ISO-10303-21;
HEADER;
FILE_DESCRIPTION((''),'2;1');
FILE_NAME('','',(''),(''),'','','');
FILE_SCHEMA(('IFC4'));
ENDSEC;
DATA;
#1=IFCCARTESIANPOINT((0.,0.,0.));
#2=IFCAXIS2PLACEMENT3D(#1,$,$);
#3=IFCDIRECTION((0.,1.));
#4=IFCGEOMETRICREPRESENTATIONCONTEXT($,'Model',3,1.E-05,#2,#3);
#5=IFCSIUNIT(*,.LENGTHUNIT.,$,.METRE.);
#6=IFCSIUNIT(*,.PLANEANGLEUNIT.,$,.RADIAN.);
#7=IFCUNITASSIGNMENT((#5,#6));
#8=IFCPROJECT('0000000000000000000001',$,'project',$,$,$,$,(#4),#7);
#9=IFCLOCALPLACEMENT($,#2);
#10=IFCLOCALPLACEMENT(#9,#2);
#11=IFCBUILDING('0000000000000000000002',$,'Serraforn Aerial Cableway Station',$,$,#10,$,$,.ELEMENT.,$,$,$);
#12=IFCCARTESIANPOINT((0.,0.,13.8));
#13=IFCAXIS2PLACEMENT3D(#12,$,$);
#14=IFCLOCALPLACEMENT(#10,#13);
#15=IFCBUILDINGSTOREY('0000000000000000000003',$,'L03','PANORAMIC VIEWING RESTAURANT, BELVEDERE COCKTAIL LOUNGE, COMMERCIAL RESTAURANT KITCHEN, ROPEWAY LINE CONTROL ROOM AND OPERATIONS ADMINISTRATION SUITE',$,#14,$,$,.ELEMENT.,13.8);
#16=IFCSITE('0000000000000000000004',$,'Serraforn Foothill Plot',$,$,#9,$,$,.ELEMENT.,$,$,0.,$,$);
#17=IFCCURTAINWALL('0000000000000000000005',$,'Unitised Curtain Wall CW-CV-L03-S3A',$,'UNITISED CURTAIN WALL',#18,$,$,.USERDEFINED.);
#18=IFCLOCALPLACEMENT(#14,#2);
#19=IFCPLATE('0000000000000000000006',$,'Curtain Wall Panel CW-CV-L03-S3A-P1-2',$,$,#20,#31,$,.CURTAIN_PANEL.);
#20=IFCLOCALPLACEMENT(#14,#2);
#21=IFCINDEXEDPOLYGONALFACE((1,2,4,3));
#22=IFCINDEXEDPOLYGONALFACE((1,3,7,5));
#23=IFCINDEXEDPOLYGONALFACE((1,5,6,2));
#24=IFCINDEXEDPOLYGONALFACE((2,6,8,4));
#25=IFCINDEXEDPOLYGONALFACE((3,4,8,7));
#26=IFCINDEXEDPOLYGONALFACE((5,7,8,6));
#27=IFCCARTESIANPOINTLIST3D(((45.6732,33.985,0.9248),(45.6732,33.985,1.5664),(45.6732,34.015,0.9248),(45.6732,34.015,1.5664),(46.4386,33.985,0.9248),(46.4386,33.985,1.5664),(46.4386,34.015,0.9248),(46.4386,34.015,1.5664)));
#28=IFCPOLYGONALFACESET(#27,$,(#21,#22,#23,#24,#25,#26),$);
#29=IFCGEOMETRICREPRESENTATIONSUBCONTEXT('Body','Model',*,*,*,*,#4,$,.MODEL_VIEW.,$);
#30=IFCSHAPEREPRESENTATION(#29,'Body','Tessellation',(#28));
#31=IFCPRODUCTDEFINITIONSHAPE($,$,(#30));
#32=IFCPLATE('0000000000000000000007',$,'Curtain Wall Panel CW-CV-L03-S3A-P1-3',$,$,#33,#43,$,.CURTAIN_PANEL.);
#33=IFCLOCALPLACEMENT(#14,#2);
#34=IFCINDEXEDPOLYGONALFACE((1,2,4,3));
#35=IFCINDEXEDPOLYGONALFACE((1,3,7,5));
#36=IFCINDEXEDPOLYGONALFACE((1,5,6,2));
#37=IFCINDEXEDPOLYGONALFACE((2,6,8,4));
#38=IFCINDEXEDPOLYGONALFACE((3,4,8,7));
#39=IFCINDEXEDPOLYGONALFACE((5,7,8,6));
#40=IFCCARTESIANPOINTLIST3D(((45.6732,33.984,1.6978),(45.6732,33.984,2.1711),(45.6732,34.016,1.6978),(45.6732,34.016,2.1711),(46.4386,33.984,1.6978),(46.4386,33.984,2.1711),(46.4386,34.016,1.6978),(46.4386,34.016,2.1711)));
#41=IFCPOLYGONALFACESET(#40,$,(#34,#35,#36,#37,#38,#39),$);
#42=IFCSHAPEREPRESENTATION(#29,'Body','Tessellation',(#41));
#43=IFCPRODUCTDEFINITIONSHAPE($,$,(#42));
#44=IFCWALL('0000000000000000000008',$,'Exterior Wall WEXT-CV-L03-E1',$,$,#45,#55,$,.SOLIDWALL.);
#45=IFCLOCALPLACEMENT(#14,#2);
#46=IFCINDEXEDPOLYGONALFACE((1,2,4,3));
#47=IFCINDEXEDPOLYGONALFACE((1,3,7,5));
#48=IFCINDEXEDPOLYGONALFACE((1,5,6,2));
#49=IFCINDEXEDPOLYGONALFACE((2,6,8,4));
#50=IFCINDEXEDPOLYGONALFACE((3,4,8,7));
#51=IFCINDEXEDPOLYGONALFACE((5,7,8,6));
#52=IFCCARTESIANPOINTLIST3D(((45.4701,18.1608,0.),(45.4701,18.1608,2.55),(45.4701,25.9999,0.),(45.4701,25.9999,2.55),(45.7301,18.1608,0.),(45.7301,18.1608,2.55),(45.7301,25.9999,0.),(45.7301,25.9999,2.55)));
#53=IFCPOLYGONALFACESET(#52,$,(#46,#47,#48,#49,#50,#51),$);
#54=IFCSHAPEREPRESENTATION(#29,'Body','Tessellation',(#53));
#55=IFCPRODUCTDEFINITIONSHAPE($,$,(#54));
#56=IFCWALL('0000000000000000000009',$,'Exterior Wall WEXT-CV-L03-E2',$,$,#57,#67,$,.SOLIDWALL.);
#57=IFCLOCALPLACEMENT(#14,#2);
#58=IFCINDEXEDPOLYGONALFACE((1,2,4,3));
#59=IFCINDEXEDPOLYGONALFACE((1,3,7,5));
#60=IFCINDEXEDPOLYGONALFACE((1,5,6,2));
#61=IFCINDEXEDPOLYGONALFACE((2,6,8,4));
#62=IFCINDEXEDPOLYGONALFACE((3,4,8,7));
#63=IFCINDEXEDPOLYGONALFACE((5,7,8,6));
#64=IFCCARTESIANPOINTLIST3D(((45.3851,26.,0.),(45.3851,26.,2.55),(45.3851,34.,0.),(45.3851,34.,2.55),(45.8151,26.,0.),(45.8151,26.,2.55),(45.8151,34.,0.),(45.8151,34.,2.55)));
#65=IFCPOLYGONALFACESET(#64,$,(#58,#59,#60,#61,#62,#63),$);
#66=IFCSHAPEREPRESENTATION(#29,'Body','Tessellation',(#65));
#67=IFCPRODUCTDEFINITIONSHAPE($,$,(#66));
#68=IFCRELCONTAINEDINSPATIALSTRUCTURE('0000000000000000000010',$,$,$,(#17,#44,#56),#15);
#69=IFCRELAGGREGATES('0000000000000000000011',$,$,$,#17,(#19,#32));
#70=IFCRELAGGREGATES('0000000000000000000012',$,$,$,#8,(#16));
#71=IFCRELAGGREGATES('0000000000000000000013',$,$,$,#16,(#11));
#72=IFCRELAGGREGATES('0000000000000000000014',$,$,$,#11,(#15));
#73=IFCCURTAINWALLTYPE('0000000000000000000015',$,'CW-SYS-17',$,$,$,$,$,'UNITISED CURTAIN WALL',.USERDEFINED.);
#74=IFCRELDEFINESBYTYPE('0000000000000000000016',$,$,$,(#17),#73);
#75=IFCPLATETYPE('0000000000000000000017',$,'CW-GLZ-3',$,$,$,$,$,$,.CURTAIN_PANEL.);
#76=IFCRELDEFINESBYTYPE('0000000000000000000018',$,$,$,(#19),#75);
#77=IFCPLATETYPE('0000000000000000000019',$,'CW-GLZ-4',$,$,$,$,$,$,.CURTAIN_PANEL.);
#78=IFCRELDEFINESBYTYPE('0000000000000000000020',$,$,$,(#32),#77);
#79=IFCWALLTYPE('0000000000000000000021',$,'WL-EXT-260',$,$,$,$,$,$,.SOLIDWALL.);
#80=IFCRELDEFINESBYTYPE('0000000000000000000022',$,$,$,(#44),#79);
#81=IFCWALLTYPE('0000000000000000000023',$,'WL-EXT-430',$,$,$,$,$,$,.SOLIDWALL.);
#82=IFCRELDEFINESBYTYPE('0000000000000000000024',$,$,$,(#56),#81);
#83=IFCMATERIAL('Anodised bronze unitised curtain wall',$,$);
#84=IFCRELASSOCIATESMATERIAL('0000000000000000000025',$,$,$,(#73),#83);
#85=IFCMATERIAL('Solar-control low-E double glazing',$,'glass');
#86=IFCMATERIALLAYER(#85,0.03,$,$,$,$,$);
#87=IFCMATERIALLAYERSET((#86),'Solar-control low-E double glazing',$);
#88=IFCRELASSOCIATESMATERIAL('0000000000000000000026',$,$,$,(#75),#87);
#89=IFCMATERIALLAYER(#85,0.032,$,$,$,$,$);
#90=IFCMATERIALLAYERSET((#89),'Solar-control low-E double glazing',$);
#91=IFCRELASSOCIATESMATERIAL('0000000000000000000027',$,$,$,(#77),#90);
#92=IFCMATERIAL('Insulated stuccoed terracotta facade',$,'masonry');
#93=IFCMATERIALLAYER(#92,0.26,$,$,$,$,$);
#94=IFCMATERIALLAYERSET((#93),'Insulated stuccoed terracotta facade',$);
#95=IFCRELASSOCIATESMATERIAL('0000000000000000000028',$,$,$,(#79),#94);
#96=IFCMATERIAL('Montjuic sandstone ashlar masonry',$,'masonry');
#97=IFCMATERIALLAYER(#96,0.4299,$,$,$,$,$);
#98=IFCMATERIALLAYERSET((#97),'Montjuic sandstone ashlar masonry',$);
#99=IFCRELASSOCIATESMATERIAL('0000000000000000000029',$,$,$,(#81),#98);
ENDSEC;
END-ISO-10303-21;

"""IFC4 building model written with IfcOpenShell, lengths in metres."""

from ifc_helpers import new_model, si_unit, direction, frame, frame_2d, origin, origin_2d, place, context, subcontext, project, spatial, rectangle, extrude, material, layer, layer_set, type_object, element, aggregate, save


model = new_model("IFC4")

# Units and contexts
model_context = context("Model", 3, precision=1e-05, world=origin(), true_north=direction((0.0, 1.0)))
body_context = subcontext(model_context, "Body", "Model", "MODEL_VIEW")
ifc_project = project(units=[si_unit("LENGTHUNIT", "METRE"), si_unit("PLANEANGLEUNIT", "RADIAN")], contexts=[model_context])

# Site, building, storey
site_placement = place(None, origin())
site = spatial("IfcSite", under=ifc_project, at=site_placement, Name="Serraforn Foothill Plot", CompositionType="ELEMENT", RefElevation=0.0)
building_placement = place(site_placement, origin())
building = spatial("IfcBuilding", under=site, at=building_placement, Name="Serraforn Aerial Cableway Station", CompositionType="ELEMENT")
storey_placement = place(building_placement, frame((0.0, 0.0, 13.8)))
storey = spatial("IfcBuildingStorey", under=building, at=storey_placement, Name="L03", Description="PANORAMIC VIEWING RESTAURANT, BELVEDERE COCKTAIL LOUNGE, COMMERCIAL RESTAURANT KITCHEN, ROPEWAY LINE CONTROL ROOM AND OPERATIONS ADMINISTRATION SUITE", CompositionType="ELEMENT", Elevation=13.8)

# Curtain wall, plates
ifc_material_1 = material(Name="Anodised bronze unitised curtain wall")
curtain_wall_type = type_object("IfcCurtainWallType", Name="CW-SYS-17", ElementType="UNITISED CURTAIN WALL", PredefinedType="USERDEFINED", material=ifc_material_1)
curtain_wall_placement = place(storey_placement, origin())
curtain_wall = element("IfcCurtainWall", 1, at=curtain_wall_placement, inside=storey, type_object=curtain_wall_type, Name="Unitised Curtain Wall CW-CV-L03-S3A", ObjectType="UNITISED CURTAIN WALL", PredefinedType="USERDEFINED")
ifc_material_2 = material(Name="Solar-control low-E double glazing", Category="glass")
ifc_layer_1 = layer(ifc_material_2, 0.03)
ifc_layer_set_1 = layer_set([ifc_layer_1], Name="Solar-control low-E double glazing")
plate_type_1 = type_object("IfcPlateType", Name="CW-GLZ-3", PredefinedType="CURTAIN_PANEL", material=ifc_layer_set_1)
plate_1_placement = place(storey_placement, frame((46.0559, 34.0, 0.9248), z_axis=(0.0, 0.0, 1.0), x_axis=(1.0, 0.0, 0.0)))
plate_1 = element("IfcPlate", 2, at=plate_1_placement, type_object=plate_type_1, Name="Curtain Wall Panel CW-CV-L03-S3A-P1-2", PredefinedType="CURTAIN_PANEL", context=body_context, shape_type="SweptSolid", body=[
    extrude(rectangle(XDim=0.7654, YDim=0.03, at=origin_2d()), origin(), (0.0, 0.0, 1.0), 0.6416),
])
ifc_layer_2 = layer(ifc_material_2, 0.032)
ifc_layer_set_2 = layer_set([ifc_layer_2], Name="Solar-control low-E double glazing")
plate_type_2 = type_object("IfcPlateType", Name="CW-GLZ-4", PredefinedType="CURTAIN_PANEL", material=ifc_layer_set_2)
plate_2_placement = place(storey_placement, frame((46.0559, 34.0, 1.6978), z_axis=(0.0, 0.0, 1.0), x_axis=(1.0, 0.0, 0.0)))
plate_2 = element("IfcPlate", 3, at=plate_2_placement, type_object=plate_type_2, Name="Curtain Wall Panel CW-CV-L03-S3A-P1-3", PredefinedType="CURTAIN_PANEL", context=body_context, shape_type="SweptSolid", body=[
    extrude(rectangle(XDim=0.7654, YDim=0.032, at=origin_2d()), origin(), (0.0, 0.0, 1.0), 0.4734),
])
aggregate(curtain_wall, [plate_1, plate_2])

# Walls
ifc_material_3 = material(Name="Insulated stuccoed terracotta facade", Category="masonry")
ifc_layer_3 = layer(ifc_material_3, 0.26)
ifc_layer_set_3 = layer_set([ifc_layer_3], Name="Insulated stuccoed terracotta facade")
wall_type_1 = type_object("IfcWallType", Name="WL-EXT-260", PredefinedType="SOLIDWALL", material=ifc_layer_set_3)
wall_1_placement = place(storey_placement, frame((45.6001, 18.1609, 0.0), z_axis=(0.0, 0.0, 1.0), x_axis=(0.0, 1.0, 0.0)))
element("IfcWall", 4, at=wall_1_placement, inside=storey, type_object=wall_type_1, Name="Exterior Wall WEXT-CV-L03-E1", PredefinedType="SOLIDWALL", context=body_context, shape_type="SweptSolid", body=[
    extrude(rectangle(XDim=7.8391, YDim=0.26, at=frame_2d((3.9194, 0.0))), origin(), (0.0, 0.0, 1.0), 2.55),
])
ifc_material_4 = material(Name="Montjuic sandstone ashlar masonry", Category="masonry")
ifc_layer_4 = layer(ifc_material_4, 0.4299)
ifc_layer_set_4 = layer_set([ifc_layer_4], Name="Montjuic sandstone ashlar masonry")
wall_type_2 = type_object("IfcWallType", Name="WL-EXT-430", PredefinedType="SOLIDWALL", material=ifc_layer_set_4)
wall_2_placement = place(storey_placement, frame((45.6001, 26.0, 0.0), z_axis=(0.0, 0.0, 1.0), x_axis=(0.0, 1.0, 0.0)))
element("IfcWall", 5, at=wall_2_placement, inside=storey, type_object=wall_type_2, Name="Exterior Wall WEXT-CV-L03-E2", PredefinedType="SOLIDWALL", context=body_context, shape_type="SweptSolid", body=[
    extrude(rectangle(XDim=8.0, YDim=0.4299, at=frame_2d((4.0, 0.0))), origin(), (0.0, 0.0, 1.0), 2.55),
])

save(model, "model.ifc")
